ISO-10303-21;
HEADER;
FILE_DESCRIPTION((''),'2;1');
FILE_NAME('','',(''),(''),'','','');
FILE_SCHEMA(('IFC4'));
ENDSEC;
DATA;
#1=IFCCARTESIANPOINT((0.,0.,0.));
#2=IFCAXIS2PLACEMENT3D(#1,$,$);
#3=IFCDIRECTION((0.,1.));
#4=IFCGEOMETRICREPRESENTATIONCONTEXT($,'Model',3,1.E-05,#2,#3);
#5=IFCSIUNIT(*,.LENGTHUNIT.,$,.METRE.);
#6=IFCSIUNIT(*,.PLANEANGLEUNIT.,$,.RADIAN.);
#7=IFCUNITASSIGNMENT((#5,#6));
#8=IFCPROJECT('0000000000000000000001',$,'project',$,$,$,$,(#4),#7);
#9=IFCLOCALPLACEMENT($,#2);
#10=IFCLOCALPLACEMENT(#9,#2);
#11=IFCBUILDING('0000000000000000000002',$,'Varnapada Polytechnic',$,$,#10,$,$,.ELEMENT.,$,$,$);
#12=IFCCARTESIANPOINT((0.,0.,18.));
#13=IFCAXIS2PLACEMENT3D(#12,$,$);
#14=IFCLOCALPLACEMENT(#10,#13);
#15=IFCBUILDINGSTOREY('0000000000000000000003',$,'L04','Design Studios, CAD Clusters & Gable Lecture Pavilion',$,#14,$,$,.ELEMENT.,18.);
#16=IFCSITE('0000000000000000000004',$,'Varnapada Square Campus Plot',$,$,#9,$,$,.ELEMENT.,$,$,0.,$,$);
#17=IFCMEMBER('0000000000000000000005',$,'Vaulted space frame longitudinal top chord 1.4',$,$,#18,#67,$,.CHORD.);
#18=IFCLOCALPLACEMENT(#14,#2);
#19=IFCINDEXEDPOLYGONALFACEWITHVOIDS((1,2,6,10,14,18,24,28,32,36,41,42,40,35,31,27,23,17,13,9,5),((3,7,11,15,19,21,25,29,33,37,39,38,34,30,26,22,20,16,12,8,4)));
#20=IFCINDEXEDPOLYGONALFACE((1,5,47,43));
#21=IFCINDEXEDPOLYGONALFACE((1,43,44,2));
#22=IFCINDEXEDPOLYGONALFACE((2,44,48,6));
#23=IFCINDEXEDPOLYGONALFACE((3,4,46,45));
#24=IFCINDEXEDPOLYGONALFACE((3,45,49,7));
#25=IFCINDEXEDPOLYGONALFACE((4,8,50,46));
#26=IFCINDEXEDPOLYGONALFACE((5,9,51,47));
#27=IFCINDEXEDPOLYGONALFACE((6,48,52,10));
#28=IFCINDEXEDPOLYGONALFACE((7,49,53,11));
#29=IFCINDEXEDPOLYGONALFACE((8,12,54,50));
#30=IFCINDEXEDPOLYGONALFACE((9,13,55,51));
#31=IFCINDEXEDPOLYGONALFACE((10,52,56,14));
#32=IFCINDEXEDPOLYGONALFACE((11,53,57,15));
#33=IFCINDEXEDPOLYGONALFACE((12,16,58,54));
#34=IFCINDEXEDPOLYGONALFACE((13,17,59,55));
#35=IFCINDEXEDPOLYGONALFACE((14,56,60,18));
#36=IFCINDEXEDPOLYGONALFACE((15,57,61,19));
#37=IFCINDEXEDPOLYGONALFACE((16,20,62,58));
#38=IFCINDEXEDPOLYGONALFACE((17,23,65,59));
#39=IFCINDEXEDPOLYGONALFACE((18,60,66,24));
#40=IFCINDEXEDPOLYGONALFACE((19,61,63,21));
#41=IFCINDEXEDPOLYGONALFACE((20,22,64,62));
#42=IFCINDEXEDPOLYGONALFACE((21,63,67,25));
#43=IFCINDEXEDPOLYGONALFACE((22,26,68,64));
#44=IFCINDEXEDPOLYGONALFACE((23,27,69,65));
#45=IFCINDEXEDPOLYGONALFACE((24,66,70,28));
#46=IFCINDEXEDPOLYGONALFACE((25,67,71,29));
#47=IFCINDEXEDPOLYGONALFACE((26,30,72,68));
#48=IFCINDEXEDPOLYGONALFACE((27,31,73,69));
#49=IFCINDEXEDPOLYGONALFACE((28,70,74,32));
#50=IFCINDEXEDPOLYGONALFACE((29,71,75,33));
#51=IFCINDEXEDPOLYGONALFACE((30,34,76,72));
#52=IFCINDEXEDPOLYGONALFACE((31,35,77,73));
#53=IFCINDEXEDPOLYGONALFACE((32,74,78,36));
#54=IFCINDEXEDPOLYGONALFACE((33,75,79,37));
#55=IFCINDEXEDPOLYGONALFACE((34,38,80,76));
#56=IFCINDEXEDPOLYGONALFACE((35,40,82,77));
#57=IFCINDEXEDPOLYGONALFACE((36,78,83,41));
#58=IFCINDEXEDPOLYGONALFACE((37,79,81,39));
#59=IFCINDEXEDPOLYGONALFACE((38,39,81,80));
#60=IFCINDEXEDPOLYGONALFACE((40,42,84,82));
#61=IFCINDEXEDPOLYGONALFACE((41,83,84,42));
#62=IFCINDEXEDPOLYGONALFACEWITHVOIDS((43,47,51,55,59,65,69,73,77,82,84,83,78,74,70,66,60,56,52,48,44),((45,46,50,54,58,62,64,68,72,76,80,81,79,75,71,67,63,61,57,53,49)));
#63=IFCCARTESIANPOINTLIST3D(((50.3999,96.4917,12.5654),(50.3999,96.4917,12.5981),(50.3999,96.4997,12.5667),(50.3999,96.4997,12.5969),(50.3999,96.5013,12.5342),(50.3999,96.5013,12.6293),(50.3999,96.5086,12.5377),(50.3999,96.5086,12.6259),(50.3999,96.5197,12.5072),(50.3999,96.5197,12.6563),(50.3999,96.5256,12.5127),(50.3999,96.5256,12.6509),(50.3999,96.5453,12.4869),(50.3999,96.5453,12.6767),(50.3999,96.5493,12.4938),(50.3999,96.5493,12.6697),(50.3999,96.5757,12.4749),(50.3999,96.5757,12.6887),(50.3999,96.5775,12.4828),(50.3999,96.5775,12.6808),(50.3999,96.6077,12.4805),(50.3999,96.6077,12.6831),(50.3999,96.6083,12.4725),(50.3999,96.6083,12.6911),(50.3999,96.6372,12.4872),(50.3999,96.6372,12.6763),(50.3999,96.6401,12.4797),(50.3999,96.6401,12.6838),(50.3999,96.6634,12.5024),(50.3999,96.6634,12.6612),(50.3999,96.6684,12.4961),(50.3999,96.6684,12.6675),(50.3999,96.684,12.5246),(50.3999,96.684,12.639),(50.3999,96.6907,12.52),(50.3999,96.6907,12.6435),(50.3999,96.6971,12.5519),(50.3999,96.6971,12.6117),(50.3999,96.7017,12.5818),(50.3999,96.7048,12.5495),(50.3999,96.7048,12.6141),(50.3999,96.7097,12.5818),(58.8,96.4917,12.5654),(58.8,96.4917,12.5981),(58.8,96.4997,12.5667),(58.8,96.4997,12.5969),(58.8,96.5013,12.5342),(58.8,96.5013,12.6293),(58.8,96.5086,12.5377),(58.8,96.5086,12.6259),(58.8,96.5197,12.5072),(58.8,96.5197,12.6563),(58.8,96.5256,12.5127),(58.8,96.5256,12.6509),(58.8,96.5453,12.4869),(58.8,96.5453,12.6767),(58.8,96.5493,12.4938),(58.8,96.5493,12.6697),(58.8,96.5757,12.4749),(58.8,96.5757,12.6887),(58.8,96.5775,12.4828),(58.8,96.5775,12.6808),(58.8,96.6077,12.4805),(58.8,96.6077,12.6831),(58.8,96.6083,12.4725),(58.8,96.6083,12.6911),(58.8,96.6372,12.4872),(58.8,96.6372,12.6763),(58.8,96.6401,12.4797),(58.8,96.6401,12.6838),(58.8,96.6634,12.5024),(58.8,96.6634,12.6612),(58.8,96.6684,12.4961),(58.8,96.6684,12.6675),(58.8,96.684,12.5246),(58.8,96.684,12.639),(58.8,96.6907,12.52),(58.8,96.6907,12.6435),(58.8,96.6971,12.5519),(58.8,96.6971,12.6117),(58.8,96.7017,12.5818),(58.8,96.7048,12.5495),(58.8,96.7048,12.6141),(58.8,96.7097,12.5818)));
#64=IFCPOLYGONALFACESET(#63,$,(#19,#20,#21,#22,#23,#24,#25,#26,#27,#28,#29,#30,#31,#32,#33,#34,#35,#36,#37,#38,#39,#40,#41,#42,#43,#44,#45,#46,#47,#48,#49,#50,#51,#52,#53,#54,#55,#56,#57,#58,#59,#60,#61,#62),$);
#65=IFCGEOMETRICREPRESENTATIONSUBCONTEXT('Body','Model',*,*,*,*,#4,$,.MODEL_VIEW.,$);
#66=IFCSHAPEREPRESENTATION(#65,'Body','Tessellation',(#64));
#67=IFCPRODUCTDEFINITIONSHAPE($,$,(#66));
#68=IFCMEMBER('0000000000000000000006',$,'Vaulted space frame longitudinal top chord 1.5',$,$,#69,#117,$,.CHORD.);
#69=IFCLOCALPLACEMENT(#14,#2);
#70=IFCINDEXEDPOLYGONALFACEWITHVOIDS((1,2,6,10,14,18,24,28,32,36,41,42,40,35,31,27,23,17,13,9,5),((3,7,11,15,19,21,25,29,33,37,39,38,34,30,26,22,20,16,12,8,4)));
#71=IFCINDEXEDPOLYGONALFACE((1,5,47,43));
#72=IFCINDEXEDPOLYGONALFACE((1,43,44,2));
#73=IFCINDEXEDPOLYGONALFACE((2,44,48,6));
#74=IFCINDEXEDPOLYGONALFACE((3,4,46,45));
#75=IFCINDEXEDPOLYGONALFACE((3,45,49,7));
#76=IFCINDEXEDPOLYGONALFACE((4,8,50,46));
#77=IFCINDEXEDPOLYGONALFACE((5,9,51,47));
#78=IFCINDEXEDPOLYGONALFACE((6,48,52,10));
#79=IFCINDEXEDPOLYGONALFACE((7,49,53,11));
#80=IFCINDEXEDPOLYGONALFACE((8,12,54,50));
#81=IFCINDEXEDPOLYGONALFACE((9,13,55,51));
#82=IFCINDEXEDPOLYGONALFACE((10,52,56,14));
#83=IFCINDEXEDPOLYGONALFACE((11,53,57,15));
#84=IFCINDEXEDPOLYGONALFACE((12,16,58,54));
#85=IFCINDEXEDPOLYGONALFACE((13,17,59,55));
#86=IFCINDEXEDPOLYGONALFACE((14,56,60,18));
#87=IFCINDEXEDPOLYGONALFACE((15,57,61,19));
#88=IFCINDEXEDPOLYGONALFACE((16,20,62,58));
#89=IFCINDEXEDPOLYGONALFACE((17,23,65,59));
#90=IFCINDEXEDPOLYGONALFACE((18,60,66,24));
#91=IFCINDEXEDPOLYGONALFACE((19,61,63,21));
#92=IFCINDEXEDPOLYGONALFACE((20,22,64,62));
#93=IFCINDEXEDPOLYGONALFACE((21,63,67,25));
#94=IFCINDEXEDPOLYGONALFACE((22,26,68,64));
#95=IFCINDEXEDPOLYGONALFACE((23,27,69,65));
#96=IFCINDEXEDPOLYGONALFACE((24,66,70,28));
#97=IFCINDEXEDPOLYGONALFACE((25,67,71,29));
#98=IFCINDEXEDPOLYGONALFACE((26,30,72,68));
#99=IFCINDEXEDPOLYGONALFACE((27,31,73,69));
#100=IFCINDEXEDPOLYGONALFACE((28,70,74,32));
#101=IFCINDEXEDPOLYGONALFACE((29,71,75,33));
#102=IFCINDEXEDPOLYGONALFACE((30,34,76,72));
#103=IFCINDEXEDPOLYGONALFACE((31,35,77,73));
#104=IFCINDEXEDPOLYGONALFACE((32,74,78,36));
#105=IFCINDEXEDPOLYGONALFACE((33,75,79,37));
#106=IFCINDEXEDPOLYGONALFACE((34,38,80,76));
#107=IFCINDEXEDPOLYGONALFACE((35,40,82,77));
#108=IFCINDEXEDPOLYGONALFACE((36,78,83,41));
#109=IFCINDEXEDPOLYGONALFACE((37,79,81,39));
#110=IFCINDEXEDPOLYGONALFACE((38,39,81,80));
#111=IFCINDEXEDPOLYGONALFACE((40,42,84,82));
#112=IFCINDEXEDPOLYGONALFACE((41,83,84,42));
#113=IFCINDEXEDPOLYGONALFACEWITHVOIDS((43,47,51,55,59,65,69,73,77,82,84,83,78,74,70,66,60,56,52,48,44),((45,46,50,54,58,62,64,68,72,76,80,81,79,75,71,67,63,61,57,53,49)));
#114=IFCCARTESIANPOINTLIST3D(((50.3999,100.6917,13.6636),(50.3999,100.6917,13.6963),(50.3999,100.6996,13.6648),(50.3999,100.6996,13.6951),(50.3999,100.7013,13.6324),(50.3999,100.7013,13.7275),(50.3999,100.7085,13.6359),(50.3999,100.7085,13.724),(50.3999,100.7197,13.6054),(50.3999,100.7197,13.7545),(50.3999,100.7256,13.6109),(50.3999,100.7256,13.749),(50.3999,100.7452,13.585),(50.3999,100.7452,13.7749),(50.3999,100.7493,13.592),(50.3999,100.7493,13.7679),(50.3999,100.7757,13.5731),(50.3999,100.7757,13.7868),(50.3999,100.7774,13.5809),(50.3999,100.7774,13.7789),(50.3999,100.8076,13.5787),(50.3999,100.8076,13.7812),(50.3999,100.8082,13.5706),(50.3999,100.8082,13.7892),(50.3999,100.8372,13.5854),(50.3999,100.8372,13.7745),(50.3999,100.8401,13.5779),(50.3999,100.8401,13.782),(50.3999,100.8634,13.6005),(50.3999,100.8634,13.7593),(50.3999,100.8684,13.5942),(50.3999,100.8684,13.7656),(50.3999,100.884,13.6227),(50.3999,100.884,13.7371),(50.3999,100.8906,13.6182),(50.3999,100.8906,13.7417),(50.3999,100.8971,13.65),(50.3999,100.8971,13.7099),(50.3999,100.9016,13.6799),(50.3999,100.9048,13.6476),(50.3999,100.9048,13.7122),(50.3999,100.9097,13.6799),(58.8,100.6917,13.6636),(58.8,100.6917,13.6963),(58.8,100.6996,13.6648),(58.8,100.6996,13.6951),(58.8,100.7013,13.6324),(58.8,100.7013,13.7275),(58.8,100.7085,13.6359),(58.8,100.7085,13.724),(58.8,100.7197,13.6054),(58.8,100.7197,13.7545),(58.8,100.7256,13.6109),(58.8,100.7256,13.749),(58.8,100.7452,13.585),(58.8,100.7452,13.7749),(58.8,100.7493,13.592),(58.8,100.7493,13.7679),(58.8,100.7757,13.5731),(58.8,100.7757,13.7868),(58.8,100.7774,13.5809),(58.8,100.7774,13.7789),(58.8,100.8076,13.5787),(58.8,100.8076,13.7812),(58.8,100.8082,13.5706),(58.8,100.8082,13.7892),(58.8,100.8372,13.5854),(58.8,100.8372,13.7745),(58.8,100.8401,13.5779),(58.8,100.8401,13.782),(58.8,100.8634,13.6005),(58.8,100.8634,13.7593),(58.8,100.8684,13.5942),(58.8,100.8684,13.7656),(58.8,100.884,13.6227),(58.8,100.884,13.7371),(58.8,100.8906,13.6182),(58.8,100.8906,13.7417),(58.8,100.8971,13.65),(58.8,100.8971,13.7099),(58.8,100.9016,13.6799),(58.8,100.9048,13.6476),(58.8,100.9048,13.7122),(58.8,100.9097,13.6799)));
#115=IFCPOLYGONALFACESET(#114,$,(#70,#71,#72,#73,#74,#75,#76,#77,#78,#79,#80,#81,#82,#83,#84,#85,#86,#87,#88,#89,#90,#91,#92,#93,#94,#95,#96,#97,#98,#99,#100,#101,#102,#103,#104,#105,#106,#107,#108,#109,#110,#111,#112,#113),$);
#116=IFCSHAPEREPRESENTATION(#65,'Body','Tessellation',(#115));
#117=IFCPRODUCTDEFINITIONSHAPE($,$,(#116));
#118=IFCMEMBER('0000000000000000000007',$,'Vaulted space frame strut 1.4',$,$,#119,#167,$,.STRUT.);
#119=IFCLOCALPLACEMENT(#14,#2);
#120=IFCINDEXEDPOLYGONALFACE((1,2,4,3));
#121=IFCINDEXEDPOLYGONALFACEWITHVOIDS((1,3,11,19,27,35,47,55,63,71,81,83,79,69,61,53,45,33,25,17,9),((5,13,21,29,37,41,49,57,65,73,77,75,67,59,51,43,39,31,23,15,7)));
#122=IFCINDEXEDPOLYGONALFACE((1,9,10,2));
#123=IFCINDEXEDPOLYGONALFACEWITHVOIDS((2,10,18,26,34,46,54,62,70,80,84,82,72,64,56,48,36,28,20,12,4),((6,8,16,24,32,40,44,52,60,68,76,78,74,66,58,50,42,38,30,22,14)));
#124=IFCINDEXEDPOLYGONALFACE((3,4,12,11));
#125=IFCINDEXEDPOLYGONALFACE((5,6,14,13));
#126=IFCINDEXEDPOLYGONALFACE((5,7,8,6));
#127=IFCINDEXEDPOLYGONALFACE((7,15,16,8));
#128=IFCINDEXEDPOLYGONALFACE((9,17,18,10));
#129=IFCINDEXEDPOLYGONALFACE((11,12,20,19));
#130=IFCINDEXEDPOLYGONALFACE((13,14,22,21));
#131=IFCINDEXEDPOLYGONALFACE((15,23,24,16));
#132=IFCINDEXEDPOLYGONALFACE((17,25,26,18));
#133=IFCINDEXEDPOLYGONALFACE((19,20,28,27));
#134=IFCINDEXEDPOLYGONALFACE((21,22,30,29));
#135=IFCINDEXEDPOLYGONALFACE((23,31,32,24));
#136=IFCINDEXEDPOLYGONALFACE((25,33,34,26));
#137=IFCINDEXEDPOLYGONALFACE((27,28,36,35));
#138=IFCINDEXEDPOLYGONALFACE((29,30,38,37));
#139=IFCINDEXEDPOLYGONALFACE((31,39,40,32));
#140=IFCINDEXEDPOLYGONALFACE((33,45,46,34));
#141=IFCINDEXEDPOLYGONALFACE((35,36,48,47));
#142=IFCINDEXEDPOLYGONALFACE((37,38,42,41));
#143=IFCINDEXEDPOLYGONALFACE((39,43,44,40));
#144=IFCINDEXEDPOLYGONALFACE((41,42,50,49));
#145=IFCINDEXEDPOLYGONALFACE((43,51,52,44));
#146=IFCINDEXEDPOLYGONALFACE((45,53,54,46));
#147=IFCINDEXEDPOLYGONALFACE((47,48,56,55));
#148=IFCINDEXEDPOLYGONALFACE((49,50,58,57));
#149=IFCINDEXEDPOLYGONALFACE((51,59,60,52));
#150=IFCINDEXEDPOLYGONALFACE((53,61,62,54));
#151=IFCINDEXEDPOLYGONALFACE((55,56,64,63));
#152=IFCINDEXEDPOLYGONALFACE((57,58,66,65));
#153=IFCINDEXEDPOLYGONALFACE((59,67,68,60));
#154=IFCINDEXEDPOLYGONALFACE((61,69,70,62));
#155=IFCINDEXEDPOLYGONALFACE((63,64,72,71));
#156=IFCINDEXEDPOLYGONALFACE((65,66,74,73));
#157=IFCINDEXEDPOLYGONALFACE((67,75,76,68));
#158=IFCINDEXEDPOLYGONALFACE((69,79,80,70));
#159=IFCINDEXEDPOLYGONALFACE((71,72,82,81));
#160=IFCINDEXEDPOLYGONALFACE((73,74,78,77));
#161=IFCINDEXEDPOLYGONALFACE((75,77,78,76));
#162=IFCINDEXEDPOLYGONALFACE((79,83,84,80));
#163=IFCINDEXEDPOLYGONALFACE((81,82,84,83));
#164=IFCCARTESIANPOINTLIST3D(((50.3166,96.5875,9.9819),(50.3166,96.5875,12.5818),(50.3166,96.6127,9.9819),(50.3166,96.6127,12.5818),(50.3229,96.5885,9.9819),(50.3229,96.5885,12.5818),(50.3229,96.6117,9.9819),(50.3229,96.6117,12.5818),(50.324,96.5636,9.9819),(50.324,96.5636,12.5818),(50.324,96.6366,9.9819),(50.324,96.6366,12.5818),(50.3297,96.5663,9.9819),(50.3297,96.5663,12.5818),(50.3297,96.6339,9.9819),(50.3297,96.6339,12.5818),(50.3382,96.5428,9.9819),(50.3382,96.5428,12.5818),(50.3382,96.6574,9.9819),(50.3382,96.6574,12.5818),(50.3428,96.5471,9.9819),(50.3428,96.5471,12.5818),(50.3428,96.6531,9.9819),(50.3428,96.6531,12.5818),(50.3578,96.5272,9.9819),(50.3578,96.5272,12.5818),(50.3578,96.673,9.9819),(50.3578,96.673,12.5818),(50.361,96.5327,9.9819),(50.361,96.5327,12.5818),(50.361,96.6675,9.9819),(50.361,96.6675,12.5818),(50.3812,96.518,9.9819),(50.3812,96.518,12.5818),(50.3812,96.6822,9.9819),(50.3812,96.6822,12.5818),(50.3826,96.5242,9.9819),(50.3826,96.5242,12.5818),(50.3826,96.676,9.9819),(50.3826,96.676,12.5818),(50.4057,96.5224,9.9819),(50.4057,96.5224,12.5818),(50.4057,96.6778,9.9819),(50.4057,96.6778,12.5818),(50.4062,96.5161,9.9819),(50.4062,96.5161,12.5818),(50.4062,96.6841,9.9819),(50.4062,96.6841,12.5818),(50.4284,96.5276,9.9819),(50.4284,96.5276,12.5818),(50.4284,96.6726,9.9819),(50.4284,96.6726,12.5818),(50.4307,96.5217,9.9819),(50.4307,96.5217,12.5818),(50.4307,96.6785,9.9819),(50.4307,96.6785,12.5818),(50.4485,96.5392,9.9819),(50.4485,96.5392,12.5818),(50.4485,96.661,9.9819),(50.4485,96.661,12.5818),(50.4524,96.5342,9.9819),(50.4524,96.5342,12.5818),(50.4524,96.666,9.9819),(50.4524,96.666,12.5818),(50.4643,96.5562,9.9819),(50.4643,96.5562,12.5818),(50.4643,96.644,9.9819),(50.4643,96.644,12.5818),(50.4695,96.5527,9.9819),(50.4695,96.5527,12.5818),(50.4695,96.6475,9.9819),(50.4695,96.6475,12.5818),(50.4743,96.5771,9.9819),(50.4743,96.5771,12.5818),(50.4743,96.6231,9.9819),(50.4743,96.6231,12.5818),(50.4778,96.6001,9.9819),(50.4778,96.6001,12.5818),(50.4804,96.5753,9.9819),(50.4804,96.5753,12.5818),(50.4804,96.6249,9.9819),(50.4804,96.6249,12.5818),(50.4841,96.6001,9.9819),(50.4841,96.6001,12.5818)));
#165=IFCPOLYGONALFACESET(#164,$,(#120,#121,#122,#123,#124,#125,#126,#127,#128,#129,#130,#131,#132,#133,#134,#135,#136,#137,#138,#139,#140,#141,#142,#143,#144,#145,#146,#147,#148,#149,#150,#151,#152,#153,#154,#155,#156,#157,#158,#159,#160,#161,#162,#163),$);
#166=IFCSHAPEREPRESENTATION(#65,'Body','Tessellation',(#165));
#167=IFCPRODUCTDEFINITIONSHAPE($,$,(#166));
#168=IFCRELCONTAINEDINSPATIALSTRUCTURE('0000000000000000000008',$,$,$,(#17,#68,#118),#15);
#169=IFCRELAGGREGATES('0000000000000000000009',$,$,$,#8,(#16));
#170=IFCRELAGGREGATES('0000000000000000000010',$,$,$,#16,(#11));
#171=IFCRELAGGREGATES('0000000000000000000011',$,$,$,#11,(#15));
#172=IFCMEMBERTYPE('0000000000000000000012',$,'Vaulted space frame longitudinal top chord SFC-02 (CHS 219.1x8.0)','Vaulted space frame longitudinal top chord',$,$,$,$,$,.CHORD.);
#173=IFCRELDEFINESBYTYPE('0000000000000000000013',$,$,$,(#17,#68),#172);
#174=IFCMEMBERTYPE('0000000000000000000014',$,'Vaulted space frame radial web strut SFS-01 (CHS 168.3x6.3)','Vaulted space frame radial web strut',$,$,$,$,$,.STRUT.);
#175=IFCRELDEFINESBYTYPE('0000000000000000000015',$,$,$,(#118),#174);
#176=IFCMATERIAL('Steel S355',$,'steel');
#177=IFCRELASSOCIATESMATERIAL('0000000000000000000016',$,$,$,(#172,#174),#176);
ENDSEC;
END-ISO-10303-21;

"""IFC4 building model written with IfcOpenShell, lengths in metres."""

from ifc_helpers import new_model, si_unit, direction, frame, origin, origin_2d, place, context, subcontext, project, spatial, hollow_circle, extrude, material, material_profile, profile_set, type_object, element, save


model = new_model("IFC4")

# Units and contexts
model_context = context("Model", 3, precision=1e-05, world=origin(), true_north=direction((0.0, 1.0)))
body_context = subcontext(model_context, "Body", "Model", "MODEL_VIEW")
ifc_project = project(units=[si_unit("LENGTHUNIT", "METRE"), si_unit("PLANEANGLEUNIT", "RADIAN")], contexts=[model_context])

# Site, building, storey
site_placement = place(None, origin())
site = spatial("IfcSite", under=ifc_project, at=site_placement, Name="Varnapada Square Campus Plot", CompositionType="ELEMENT", RefElevation=0.0)
building_placement = place(site_placement, origin())
building = spatial("IfcBuilding", under=site, at=building_placement, Name="Varnapada Polytechnic", CompositionType="ELEMENT")
storey_placement = place(building_placement, frame((0.0, 0.0, 18.0)))
storey = spatial("IfcBuildingStorey", under=building, at=storey_placement, Name="L04", Description="Design Studios, CAD Clusters & Gable Lecture Pavilion", CompositionType="ELEMENT", Elevation=18.0)

# Shared definitions
ifc_material = material(Name="Steel S355", Category="steel")

# Members
ifc_material_profile_1 = material_profile(ifc_material, hollow_circle(Radius=0.1096, WallThickness=0.0081, at=origin_2d()), Name="CHS 219.1x8.0")
ifc_profile_set_1 = profile_set([ifc_material_profile_1], Name="Steel S355")
member_type_1 = type_object("IfcMemberType", Name="Vaulted space frame longitudinal top chord SFC-02 (CHS 219.1x8.0)", Description="Vaulted space frame longitudinal top chord", PredefinedType="CHORD", material=ifc_profile_set_1)
for number, where, z_axis, x_axis, name in (
    (1, (50.3999, 96.6001, 12.5818), (1.0, 0.0, 0.0), (0.0, 1.0, 0.0), "Vaulted space frame longitudinal top chord 1.4"),
    (2, (50.3999, 100.8, 13.6799), (1.0, 0.0, 0.0), (0.0, 1.0, 0.0), "Vaulted space frame longitudinal top chord 1.5"),
):
    element("IfcMember", number, at=place(storey_placement, frame(where, z_axis=z_axis, x_axis=x_axis)), inside=storey, type_object=member_type_1, Name=name, PredefinedType="CHORD", context=body_context, shape_type="SweptSolid", body=[
        extrude(hollow_circle(Radius=0.1096, WallThickness=0.0081, at=origin_2d()), origin(), (0.0, 0.0, 1.0), 8.4001),
    ])
ifc_material_profile_2 = material_profile(ifc_material, hollow_circle(Radius=0.0842, WallThickness=0.0063, at=origin_2d()), Name="CHS 168.3x6.3")
ifc_profile_set_2 = profile_set([ifc_material_profile_2], Name="Steel S355")
member_type_2 = type_object("IfcMemberType", Name="Vaulted space frame radial web strut SFS-01 (CHS 168.3x6.3)", Description="Vaulted space frame radial web strut", PredefinedType="STRUT", material=ifc_profile_set_2)
for number, where, z_axis, x_axis, name in (
    (3, (50.3999, 96.6001, 9.9819), (0.0, 0.0, 1.0), (1.0, 0.0, 0.0), "Vaulted space frame strut 1.4"),
):
    element("IfcMember", number, at=place(storey_placement, frame(where, z_axis=z_axis, x_axis=x_axis)), inside=storey, type_object=member_type_2, Name=name, PredefinedType="STRUT", context=body_context, shape_type="SweptSolid", body=[
        extrude(hollow_circle(Radius=0.0842, WallThickness=0.0063, at=origin_2d()), origin(), (0.0, 0.0, 1.0), 2.5999),
    ])

save(model, "model.ifc")
